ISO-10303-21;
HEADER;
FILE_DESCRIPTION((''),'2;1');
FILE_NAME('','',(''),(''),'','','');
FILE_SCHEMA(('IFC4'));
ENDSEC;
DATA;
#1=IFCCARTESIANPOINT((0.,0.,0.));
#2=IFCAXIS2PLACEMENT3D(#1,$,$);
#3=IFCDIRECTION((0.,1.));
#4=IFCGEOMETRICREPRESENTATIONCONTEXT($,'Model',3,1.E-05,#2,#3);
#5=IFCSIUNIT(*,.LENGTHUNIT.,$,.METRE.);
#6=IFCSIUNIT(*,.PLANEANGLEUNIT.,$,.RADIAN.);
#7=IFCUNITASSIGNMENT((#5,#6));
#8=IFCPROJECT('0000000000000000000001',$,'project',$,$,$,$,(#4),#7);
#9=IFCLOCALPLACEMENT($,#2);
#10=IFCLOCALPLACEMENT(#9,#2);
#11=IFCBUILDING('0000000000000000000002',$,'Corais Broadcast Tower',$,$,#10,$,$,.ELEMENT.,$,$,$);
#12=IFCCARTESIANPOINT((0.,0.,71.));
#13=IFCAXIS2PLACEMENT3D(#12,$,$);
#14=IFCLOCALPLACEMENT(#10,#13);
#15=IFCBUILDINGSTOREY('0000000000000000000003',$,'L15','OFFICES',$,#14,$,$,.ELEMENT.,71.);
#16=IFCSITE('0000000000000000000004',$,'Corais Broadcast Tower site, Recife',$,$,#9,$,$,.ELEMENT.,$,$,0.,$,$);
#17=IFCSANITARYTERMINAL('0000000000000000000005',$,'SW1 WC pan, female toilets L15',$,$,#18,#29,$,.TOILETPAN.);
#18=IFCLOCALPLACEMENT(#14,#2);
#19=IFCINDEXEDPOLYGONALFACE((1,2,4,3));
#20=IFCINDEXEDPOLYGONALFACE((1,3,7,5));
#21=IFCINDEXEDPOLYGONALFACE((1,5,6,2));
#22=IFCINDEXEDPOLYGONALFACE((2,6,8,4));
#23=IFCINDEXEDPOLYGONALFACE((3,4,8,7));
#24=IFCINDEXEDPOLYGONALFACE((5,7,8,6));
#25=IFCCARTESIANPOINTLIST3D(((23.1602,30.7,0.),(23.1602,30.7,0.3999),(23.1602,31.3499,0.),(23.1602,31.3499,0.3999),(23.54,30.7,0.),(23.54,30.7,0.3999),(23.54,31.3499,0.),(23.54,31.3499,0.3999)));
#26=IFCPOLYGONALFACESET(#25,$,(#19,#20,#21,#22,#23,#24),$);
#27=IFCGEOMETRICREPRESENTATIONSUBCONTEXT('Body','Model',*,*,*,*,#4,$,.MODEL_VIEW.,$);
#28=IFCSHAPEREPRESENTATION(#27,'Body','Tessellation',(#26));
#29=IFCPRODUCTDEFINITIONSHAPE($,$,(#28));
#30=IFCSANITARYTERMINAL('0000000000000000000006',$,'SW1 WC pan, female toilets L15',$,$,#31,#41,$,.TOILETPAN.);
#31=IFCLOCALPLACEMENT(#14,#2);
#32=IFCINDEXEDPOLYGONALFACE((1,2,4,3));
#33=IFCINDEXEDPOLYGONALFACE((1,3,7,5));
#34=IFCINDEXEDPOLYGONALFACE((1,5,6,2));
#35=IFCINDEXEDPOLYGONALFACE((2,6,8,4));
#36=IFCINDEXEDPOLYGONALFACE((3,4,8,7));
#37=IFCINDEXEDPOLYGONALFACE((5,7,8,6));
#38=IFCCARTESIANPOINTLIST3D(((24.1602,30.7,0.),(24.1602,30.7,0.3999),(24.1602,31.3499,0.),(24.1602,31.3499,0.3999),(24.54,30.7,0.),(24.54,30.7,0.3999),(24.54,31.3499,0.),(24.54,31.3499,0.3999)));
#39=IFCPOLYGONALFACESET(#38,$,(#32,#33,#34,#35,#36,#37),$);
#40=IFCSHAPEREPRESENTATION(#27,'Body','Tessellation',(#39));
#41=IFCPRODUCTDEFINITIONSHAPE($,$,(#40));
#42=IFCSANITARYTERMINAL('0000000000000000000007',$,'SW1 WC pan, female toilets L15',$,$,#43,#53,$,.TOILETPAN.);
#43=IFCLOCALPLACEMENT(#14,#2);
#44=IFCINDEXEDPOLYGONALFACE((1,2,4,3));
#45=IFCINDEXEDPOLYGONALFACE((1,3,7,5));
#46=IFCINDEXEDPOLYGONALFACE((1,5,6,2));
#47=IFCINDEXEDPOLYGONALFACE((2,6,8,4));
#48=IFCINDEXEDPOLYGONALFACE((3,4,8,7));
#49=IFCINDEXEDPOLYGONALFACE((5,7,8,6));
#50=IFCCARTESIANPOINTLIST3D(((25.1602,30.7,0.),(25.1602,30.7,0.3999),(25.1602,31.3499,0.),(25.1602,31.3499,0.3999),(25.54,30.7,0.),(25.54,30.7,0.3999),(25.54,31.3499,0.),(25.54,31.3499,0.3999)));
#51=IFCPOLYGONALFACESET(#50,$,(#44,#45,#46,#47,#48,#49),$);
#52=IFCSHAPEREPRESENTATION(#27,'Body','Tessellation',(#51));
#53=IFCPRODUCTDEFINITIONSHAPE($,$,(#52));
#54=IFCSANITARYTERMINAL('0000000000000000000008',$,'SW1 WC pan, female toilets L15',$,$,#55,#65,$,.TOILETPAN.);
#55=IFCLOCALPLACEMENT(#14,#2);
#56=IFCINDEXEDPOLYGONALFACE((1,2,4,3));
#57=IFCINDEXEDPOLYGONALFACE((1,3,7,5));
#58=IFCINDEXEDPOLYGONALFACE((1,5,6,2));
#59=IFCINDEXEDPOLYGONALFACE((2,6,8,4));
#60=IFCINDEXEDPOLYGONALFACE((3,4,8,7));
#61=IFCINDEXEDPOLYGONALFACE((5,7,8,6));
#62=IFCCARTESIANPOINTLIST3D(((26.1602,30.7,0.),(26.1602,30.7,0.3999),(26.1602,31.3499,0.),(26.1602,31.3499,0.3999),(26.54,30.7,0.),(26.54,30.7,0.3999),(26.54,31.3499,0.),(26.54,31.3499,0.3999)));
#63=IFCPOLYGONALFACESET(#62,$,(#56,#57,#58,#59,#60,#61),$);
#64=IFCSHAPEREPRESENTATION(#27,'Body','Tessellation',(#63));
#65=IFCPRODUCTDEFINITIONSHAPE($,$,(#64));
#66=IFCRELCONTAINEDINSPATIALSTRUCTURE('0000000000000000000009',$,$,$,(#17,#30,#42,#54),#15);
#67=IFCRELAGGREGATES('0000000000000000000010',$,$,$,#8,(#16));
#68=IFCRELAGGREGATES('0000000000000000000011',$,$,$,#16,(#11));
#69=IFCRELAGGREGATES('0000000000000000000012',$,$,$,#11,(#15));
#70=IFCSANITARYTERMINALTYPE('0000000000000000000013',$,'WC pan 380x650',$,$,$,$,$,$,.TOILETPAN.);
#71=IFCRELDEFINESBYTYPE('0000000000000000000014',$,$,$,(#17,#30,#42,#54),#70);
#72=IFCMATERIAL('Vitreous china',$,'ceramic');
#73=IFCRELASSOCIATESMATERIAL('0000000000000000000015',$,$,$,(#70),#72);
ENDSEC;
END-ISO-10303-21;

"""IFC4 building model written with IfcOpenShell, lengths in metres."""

from ifc_helpers import new_model, si_unit, direction, frame, origin, origin_2d, place, context, subcontext, project, spatial, rectangle, extrude, material, type_object, element, save


model = new_model("IFC4")

# Units and contexts
model_context = context("Model", 3, precision=1e-05, world=origin(), true_north=direction((0.0, 1.0)))
body_context = subcontext(model_context, "Body", "Model", "MODEL_VIEW")
ifc_project = project(units=[si_unit("LENGTHUNIT", "METRE"), si_unit("PLANEANGLEUNIT", "RADIAN")], contexts=[model_context])

# Site, building, storey
site_placement = place(None, origin())
site = spatial("IfcSite", under=ifc_project, at=site_placement, Name="Corais Broadcast Tower site, Recife", CompositionType="ELEMENT", RefElevation=0.0)
building_placement = place(site_placement, origin())
building = spatial("IfcBuilding", under=site, at=building_placement, Name="Corais Broadcast Tower", CompositionType="ELEMENT")
storey_placement = place(building_placement, frame((0.0, 0.0, 71.0)))
storey = spatial("IfcBuildingStorey", under=building, at=storey_placement, Name="L15", Description="OFFICES", CompositionType="ELEMENT", Elevation=71.0)

# Sanitary terminals
ifc_material_1 = material(Name="Vitreous china", Category="ceramic")
sanitary_terminal_type = type_object("IfcSanitaryTerminalType", Name="WC pan 380x650", PredefinedType="TOILETPAN", material=ifc_material_1)
for number, where, z_axis, x_axis, name in (
    (1, (23.3501, 31.0249, 0.0), (0.0, 0.0, 1.0), (1.0, 0.0, 0.0), "SW1 WC pan, female toilets L15"),
    (2, (24.3501, 31.0249, 0.0), (0.0, 0.0, 1.0), (1.0, 0.0, 0.0), "SW1 WC pan, female toilets L15"),
    (3, (25.3501, 31.0249, 0.0), (0.0, 0.0, 1.0), (1.0, 0.0, 0.0), "SW1 WC pan, female toilets L15"),
    (4, (26.3501, 31.0249, 0.0), (0.0, 0.0, 1.0), (1.0, 0.0, 0.0), "SW1 WC pan, female toilets L15"),
):
    element("IfcSanitaryTerminal", number, at=place(storey_placement, frame(where, z_axis=z_axis, x_axis=x_axis)), inside=storey, type_object=sanitary_terminal_type, Name=name, PredefinedType="TOILETPAN", context=body_context, shape_type="SweptSolid", body=[
        extrude(rectangle(XDim=0.3799, YDim=0.6499, at=origin_2d()), origin(), (0.0, 0.0, 1.0), 0.3999),
    ])

save(model, "model.ifc")
